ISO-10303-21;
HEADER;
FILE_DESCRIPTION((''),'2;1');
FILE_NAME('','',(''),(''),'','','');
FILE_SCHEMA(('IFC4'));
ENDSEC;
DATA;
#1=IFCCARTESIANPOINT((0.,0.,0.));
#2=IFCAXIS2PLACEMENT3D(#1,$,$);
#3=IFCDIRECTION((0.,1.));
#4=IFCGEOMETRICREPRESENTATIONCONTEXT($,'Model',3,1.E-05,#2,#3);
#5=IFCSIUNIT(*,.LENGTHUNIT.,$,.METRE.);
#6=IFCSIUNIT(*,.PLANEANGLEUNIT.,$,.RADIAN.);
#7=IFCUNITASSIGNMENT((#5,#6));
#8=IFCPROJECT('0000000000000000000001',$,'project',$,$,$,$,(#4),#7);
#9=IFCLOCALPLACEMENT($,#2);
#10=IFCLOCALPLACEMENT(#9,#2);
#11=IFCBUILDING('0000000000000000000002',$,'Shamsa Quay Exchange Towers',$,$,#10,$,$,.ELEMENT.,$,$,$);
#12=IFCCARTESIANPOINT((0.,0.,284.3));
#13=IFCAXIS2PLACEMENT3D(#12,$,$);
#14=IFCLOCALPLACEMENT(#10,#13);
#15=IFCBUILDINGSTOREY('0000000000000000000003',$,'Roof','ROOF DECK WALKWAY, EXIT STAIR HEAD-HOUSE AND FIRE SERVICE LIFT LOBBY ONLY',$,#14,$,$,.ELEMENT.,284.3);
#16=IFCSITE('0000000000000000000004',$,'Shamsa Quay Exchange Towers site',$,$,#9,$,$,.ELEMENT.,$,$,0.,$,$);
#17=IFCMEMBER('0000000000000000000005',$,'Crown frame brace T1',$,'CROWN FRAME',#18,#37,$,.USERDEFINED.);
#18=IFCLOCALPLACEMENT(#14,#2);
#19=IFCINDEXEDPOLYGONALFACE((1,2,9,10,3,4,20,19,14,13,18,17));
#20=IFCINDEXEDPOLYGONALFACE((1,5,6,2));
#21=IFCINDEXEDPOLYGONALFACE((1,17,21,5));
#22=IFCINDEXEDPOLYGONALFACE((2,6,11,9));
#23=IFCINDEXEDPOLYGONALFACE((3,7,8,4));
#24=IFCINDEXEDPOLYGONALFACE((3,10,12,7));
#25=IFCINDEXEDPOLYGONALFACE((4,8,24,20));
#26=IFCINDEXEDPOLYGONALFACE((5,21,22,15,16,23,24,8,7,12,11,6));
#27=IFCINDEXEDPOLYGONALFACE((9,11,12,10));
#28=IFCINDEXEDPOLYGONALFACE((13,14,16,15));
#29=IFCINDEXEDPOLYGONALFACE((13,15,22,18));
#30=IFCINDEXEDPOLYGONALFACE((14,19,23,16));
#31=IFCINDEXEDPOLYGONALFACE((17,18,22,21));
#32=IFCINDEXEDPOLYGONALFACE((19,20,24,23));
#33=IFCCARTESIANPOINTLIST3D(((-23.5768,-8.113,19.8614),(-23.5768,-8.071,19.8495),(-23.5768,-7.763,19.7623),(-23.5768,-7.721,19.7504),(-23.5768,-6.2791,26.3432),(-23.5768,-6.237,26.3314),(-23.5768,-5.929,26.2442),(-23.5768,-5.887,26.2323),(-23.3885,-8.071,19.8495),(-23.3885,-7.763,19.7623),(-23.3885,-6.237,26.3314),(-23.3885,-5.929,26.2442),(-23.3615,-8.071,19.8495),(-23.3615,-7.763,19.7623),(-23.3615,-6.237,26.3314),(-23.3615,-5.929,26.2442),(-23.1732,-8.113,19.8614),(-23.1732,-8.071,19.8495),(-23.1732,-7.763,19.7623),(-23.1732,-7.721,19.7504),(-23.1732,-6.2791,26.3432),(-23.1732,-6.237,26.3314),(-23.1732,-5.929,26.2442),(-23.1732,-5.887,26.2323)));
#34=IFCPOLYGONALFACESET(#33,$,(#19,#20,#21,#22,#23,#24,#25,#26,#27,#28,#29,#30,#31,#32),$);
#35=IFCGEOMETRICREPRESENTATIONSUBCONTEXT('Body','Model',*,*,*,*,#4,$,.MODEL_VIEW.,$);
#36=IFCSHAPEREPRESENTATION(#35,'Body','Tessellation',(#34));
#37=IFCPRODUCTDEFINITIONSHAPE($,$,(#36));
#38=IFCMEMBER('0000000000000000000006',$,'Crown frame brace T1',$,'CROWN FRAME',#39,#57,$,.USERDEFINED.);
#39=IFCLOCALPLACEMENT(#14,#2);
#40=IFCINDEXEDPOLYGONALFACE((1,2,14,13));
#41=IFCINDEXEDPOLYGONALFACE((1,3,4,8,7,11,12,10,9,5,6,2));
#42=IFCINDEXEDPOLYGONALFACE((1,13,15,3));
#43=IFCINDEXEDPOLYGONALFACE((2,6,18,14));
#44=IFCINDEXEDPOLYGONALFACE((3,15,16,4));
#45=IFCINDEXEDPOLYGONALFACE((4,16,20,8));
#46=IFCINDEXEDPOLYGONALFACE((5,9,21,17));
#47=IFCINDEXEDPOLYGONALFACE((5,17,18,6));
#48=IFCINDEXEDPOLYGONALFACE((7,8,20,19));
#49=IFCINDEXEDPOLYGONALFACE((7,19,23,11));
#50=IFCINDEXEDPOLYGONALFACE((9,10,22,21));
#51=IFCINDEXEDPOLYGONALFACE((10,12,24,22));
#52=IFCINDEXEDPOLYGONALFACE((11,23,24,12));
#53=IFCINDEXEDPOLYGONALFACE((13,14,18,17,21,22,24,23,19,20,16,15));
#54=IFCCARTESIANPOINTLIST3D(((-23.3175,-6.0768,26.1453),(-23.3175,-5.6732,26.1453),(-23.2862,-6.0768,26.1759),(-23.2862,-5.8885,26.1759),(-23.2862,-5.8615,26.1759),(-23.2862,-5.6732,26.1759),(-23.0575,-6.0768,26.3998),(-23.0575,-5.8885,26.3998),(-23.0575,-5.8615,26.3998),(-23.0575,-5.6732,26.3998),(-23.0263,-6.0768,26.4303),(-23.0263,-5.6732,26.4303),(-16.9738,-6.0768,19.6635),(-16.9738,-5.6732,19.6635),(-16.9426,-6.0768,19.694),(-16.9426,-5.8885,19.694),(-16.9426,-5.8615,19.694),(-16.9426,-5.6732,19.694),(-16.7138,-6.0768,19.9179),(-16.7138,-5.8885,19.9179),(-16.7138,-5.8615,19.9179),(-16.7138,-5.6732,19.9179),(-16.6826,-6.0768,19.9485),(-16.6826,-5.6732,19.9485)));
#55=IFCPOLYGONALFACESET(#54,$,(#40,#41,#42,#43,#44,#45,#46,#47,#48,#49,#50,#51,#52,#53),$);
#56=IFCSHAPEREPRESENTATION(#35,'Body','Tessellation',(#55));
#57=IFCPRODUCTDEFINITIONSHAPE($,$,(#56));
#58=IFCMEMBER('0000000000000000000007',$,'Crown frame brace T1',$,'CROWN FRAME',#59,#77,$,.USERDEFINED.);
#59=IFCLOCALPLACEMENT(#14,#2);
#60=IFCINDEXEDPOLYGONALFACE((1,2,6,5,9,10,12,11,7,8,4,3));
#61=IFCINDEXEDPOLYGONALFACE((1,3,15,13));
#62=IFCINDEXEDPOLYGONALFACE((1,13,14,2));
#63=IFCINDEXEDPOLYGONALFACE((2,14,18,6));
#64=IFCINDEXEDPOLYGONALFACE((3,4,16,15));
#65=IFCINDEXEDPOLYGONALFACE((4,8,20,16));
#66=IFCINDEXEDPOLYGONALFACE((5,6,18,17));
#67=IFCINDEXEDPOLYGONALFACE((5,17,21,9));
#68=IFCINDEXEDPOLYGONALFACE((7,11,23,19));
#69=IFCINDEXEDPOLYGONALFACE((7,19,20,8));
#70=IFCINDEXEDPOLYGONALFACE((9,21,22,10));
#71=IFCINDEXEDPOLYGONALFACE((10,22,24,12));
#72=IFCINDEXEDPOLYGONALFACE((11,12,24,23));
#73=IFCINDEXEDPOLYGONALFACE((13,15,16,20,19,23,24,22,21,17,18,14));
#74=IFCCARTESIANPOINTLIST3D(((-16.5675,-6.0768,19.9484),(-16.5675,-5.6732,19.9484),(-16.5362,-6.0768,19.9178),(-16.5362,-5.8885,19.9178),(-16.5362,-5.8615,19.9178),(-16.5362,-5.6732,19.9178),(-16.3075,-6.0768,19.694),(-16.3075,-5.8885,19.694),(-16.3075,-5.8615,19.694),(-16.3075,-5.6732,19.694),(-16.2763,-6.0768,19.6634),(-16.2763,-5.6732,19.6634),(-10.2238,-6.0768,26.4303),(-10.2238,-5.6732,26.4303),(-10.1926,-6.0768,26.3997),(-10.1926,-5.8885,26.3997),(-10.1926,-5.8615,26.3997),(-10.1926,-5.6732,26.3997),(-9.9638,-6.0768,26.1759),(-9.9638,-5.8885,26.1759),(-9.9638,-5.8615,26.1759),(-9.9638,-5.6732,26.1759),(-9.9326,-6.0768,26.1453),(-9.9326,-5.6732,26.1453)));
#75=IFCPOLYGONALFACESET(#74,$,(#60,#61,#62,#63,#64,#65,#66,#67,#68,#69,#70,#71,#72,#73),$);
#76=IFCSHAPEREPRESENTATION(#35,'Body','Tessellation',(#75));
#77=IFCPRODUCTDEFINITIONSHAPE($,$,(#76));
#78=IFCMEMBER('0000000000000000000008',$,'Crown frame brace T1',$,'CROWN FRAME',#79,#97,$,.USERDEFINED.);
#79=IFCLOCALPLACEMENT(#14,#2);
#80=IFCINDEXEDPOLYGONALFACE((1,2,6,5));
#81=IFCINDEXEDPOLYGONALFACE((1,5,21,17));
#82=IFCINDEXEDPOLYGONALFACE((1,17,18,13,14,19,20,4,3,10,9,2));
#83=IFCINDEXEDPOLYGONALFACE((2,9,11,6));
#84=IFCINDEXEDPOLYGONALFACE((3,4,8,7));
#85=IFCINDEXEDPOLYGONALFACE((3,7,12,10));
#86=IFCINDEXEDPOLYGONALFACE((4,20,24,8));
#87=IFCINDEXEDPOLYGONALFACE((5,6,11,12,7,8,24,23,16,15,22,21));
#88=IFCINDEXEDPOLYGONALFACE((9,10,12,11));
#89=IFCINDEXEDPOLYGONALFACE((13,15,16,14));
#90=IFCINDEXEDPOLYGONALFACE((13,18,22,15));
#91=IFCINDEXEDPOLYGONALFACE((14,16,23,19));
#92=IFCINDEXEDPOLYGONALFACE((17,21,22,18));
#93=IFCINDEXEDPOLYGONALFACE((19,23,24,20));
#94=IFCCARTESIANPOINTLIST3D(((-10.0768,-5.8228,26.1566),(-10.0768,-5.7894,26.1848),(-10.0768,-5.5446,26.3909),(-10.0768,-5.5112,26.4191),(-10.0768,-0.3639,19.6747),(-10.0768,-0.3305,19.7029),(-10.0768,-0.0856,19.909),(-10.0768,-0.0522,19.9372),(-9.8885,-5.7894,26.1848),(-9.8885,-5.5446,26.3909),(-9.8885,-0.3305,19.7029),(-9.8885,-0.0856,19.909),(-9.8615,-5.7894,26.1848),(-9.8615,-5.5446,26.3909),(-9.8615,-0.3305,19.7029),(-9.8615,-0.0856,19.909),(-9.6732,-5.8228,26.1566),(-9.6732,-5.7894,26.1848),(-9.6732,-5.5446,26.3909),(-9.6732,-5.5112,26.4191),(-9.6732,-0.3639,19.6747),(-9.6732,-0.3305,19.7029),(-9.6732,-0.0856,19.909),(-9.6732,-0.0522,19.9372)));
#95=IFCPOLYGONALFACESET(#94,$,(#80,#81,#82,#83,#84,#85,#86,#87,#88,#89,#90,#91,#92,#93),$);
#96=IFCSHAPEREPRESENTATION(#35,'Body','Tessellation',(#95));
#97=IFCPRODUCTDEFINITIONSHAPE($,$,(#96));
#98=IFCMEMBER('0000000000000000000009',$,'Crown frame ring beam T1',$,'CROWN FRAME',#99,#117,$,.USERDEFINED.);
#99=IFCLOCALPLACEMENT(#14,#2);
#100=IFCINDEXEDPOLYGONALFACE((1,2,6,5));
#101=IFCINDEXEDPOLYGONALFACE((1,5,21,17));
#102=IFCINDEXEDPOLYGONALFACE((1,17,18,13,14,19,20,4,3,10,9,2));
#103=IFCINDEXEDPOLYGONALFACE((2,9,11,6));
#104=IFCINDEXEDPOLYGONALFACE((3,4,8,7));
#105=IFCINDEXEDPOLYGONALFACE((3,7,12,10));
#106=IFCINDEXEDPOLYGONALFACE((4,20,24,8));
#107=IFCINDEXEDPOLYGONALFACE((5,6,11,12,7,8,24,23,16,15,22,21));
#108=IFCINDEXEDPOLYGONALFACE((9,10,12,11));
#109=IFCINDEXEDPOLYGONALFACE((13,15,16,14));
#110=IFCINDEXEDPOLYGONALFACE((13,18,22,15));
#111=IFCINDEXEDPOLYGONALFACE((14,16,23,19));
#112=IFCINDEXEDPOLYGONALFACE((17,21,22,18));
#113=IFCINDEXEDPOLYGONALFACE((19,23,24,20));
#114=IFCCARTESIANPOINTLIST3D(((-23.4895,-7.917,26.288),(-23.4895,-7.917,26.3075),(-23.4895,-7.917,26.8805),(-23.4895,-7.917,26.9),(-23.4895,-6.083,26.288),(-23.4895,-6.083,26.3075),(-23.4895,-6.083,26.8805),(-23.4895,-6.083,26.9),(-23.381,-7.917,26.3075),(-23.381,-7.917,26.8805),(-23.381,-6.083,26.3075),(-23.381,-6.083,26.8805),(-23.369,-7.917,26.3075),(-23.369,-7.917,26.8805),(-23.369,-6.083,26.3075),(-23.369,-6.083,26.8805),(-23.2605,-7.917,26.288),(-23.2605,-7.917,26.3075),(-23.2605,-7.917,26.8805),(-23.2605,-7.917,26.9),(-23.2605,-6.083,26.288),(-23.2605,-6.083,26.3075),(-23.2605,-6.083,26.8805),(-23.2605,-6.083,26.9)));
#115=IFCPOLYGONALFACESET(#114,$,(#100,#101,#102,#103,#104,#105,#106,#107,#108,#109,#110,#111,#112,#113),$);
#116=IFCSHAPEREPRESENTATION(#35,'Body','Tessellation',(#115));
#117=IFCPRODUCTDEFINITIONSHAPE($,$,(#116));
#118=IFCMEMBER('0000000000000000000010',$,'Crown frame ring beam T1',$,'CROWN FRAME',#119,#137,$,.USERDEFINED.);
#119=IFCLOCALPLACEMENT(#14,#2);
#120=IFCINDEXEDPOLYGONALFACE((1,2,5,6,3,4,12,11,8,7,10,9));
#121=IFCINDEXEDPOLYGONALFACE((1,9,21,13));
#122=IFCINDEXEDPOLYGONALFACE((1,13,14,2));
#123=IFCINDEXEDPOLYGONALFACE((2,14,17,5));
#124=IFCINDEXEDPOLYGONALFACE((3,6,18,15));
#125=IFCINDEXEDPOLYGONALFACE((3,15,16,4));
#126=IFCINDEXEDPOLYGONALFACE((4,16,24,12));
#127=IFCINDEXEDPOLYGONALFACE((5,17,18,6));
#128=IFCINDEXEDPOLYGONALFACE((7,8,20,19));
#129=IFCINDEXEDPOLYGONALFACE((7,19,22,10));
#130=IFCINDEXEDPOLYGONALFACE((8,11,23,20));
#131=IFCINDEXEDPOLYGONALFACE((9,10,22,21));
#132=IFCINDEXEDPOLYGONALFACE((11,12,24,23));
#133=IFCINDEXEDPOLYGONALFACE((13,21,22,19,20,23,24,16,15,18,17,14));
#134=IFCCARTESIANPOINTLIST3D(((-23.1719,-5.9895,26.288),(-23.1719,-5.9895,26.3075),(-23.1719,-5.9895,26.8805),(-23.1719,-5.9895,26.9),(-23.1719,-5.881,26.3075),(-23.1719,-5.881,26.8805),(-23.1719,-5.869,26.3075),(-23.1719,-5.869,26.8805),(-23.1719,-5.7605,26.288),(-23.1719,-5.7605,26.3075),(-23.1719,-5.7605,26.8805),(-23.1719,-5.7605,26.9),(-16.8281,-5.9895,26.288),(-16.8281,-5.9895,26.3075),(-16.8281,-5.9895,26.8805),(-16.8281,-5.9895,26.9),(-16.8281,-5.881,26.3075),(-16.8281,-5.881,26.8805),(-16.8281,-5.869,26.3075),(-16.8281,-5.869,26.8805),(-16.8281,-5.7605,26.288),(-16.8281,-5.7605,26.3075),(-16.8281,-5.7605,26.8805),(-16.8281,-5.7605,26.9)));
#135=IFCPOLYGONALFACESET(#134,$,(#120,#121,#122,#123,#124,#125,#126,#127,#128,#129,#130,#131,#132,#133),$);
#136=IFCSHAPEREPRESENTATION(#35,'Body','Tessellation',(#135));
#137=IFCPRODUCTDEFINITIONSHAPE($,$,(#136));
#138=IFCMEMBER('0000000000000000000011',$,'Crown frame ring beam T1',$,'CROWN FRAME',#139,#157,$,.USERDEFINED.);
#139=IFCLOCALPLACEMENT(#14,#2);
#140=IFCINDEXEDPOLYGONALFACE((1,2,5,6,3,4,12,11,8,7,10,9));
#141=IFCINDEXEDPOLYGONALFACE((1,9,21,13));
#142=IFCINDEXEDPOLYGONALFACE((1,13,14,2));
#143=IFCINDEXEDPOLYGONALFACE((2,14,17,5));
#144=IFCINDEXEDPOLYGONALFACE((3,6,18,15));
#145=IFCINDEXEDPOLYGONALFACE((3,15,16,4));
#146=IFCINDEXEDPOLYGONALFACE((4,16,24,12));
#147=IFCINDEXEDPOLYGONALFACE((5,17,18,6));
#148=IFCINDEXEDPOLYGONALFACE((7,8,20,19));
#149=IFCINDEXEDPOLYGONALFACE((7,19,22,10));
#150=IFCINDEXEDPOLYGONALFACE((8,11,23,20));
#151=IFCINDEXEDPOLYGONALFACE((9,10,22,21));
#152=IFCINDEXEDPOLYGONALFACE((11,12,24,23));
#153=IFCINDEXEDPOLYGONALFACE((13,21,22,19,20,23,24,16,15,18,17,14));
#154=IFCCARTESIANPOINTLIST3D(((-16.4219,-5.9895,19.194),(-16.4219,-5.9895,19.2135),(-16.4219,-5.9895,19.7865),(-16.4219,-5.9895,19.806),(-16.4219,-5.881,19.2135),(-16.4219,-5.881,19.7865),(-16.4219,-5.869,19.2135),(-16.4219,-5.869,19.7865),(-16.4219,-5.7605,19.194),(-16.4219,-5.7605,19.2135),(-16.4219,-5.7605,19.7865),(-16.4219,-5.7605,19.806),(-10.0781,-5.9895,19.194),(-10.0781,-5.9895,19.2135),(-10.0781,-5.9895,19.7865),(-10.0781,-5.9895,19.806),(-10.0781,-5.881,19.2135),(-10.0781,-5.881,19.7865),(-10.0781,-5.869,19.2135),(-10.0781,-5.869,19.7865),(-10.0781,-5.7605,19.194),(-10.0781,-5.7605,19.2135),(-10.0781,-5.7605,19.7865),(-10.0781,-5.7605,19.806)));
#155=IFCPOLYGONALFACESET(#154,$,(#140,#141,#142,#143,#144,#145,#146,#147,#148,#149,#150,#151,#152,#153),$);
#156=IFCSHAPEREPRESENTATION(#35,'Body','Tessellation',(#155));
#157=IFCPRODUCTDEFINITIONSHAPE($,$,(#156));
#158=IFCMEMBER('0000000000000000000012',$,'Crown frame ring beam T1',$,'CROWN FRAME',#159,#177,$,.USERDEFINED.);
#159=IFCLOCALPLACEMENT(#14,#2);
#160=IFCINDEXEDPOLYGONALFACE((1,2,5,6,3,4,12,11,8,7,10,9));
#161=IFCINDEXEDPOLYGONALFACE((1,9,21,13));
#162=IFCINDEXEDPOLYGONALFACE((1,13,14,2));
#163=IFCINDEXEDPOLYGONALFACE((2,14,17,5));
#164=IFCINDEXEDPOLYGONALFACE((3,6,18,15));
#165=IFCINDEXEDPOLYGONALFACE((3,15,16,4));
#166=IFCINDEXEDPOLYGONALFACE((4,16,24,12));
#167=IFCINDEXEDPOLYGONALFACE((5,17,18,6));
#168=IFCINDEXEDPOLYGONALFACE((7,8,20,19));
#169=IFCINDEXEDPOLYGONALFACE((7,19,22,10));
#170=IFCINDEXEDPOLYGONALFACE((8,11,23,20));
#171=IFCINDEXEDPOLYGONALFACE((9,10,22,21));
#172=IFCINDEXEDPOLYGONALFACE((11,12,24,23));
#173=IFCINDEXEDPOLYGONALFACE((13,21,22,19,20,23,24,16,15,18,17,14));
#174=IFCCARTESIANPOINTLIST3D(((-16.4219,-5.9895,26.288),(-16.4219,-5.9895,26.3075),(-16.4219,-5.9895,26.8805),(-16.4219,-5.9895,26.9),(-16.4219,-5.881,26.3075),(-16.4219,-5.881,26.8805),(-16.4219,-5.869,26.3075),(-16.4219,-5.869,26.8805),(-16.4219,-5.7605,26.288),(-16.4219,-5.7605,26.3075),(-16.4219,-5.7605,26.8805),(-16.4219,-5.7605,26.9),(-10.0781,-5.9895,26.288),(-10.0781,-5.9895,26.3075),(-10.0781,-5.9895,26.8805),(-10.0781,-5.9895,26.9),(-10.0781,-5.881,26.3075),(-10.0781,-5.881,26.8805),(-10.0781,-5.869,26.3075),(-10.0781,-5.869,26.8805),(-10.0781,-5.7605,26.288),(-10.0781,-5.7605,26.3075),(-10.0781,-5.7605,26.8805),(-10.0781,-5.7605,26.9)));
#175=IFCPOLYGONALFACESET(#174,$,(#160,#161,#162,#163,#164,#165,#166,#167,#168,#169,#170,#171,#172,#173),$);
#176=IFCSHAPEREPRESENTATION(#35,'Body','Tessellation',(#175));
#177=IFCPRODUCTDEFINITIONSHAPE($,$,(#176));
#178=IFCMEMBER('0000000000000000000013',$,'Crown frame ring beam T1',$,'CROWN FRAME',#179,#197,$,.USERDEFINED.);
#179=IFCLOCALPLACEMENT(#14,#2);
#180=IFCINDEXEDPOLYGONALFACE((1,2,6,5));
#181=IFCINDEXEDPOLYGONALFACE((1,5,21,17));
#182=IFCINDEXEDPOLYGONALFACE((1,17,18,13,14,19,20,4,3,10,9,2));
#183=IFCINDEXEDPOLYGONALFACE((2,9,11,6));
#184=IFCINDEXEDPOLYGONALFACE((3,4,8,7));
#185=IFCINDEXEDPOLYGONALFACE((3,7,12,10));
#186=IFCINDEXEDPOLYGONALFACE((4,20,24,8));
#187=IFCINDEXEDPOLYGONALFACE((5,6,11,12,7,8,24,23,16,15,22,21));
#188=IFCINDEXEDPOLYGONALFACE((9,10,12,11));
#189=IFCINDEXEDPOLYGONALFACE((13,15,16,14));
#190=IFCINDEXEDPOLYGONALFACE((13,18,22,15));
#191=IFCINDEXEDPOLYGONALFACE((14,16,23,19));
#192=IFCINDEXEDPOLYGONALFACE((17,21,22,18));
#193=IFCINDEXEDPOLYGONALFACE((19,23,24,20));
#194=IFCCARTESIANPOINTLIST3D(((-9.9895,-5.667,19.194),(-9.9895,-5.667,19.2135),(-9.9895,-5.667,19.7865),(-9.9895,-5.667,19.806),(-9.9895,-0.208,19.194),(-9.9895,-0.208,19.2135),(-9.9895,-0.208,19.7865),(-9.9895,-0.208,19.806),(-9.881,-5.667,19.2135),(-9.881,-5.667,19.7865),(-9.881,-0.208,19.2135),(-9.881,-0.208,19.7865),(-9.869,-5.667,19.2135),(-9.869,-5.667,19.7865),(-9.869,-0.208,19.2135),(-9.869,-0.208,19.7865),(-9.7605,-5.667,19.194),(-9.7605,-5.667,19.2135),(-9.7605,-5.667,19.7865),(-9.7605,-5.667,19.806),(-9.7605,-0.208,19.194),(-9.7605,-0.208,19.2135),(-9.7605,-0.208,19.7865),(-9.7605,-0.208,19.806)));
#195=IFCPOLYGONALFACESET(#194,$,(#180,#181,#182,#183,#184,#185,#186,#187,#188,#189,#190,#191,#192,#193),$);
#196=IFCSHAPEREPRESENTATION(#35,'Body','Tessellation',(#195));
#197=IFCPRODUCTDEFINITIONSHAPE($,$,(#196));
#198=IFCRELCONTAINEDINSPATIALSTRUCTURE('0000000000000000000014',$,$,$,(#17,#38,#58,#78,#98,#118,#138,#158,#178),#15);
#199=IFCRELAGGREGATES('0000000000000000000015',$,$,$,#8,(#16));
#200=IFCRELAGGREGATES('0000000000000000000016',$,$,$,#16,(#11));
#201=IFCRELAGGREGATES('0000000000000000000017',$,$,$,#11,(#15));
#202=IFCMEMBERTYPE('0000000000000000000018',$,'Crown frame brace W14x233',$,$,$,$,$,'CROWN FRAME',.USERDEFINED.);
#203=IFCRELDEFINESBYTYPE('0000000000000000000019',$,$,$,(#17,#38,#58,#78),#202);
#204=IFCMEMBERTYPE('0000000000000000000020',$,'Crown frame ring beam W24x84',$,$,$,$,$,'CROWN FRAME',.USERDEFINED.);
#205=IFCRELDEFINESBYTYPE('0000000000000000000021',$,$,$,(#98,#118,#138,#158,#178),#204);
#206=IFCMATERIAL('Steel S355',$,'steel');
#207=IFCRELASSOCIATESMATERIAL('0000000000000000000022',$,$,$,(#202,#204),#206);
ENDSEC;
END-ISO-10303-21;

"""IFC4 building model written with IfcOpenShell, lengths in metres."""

from ifc_helpers import new_model, si_unit, direction, frame, origin, origin_2d, place, context, subcontext, project, spatial, i_section, extrude, material, material_profile, profile_set, type_object, element, save


model = new_model("IFC4")

# Units and contexts
model_context = context("Model", 3, precision=1e-05, world=origin(), true_north=direction((0.0, 1.0)))
body_context = subcontext(model_context, "Body", "Model", "MODEL_VIEW")
ifc_project = project(units=[si_unit("LENGTHUNIT", "METRE"), si_unit("PLANEANGLEUNIT", "RADIAN")], contexts=[model_context])

# Site, building, storey
site_placement = place(None, origin())
site = spatial("IfcSite", under=ifc_project, at=site_placement, Name="Shamsa Quay Exchange Towers site", CompositionType="ELEMENT", RefElevation=0.0)
building_placement = place(site_placement, origin())
building = spatial("IfcBuilding", under=site, at=building_placement, Name="Shamsa Quay Exchange Towers", CompositionType="ELEMENT")
storey_placement = place(building_placement, frame((0.0, 0.0, 284.3)))
storey = spatial("IfcBuildingStorey", under=building, at=storey_placement, Name="Roof", Description="ROOF DECK WALKWAY, EXIT STAIR HEAD-HOUSE AND FIRE SERVICE LIFT LOBBY ONLY", CompositionType="ELEMENT", Elevation=284.3)

# Members
ifc_material_1 = material(Name="Steel S355", Category="steel")
ifc_material_profile_1 = material_profile(ifc_material_1, i_section(OverallWidth=0.4036, OverallDepth=0.4075, WebThickness=0.0271, FlangeThickness=0.0437, at=origin_2d()), Name="W14x233")
ifc_profile_set_1 = profile_set([ifc_material_profile_1], Name="Steel S355")
member_type_1 = type_object("IfcMemberType", Name="Crown frame brace W14x233", ElementType="CROWN FRAME", PredefinedType="USERDEFINED", material=ifc_profile_set_1)
member_1_placement = place(storey_placement, frame((-23.375, -7.917, 19.8059), z_axis=(0.0, 0.27225, 0.962226), x_axis=(-1.0, 0.0, 0.0)))
element("IfcMember", 1, at=member_1_placement, inside=storey, type_object=member_type_1, Name="Crown frame brace T1", ObjectType="CROWN FRAME", PredefinedType="USERDEFINED", context=body_context, shape_type="SweptSolid", body=[
    extrude(i_section(OverallWidth=0.4036, OverallDepth=0.4075, WebThickness=0.0271, FlangeThickness=0.0437, at=origin_2d()), origin(), (0.0, 0.0, 1.0), 6.7363),
])
for number, where, z_axis, x_axis, name in (
    (2, (-23.1719, -5.875, 26.2878), (0.699448, 0.0, -0.714684), (0.0, 1.0, 0.0), "Crown frame brace T1"),
    (3, (-16.4219, -5.875, 19.8059), (0.699448, 0.0, 0.714684), (0.0, 1.0, 0.0), "Crown frame brace T1"),
):
    element("IfcMember", number, at=place(storey_placement, frame(where, z_axis=z_axis, x_axis=x_axis)), inside=storey, type_object=member_type_1, Name=name, ObjectType="CROWN FRAME", PredefinedType="USERDEFINED", context=body_context, shape_type="SweptSolid", body=[
        extrude(i_section(OverallWidth=0.4036, OverallDepth=0.4075, WebThickness=0.0271, FlangeThickness=0.0437, at=origin_2d()), origin(), (0.0, 0.0, 1.0), 9.0696),
    ])
member_2_placement = place(storey_placement, frame((-9.875, -5.667, 26.2878), z_axis=(0.0, 0.644171, -0.764881), x_axis=(-1.0, 0.0, 0.0)))
element("IfcMember", 4, at=member_2_placement, inside=storey, type_object=member_type_1, Name="Crown frame brace T1", ObjectType="CROWN FRAME", PredefinedType="USERDEFINED", context=body_context, shape_type="SweptSolid", body=[
    extrude(i_section(OverallWidth=0.4036, OverallDepth=0.4075, WebThickness=0.0271, FlangeThickness=0.0437, at=origin_2d()), origin(), (0.0, 0.0, 1.0), 8.4744),
])
ifc_material_profile_2 = material_profile(ifc_material_1, i_section(OverallWidth=0.229, OverallDepth=0.6121, WebThickness=0.012, FlangeThickness=0.0195, at=origin_2d()), Name="W24x84")
ifc_profile_set_2 = profile_set([ifc_material_profile_2], Name="Steel S355")
member_type_2 = type_object("IfcMemberType", Name="Crown frame ring beam W24x84", ElementType="CROWN FRAME", PredefinedType="USERDEFINED", material=ifc_profile_set_2)
member_3_placement = place(storey_placement, frame((-23.375, -7.917, 26.594), z_axis=(0.0, 1.0, 0.0), x_axis=(-1.0, 0.0, 0.0)))
element("IfcMember", 5, at=member_3_placement, inside=storey, type_object=member_type_2, Name="Crown frame ring beam T1", ObjectType="CROWN FRAME", PredefinedType="USERDEFINED", context=body_context, shape_type="SweptSolid", body=[
    extrude(i_section(OverallWidth=0.229, OverallDepth=0.6121, WebThickness=0.012, FlangeThickness=0.0195, at=origin_2d()), origin(), (0.0, 0.0, 1.0), 1.834),
])
for number, where, z_axis, x_axis, name in (
    (6, (-23.1719, -5.875, 26.594), (1.0, 0.0, 0.0), (0.0, 1.0, 0.0), "Crown frame ring beam T1"),
    (7, (-16.4219, -5.875, 19.5), (1.0, 0.0, 0.0), (0.0, 1.0, 0.0), "Crown frame ring beam T1"),
    (8, (-16.4219, -5.875, 26.594), (1.0, 0.0, 0.0), (0.0, 1.0, 0.0), "Crown frame ring beam T1"),
):
    element("IfcMember", number, at=place(storey_placement, frame(where, z_axis=z_axis, x_axis=x_axis)), inside=storey, type_object=member_type_2, Name=name, ObjectType="CROWN FRAME", PredefinedType="USERDEFINED", context=body_context, shape_type="SweptSolid", body=[
        extrude(i_section(OverallWidth=0.229, OverallDepth=0.6121, WebThickness=0.012, FlangeThickness=0.0195, at=origin_2d()), origin(), (0.0, 0.0, 1.0), 6.3438),
    ])
for number, where, z_axis, x_axis, name in (
    (9, (-9.875, -5.667, 19.5), (0.0, 1.0, 0.0), (-1.0, 0.0, 0.0), "Crown frame ring beam T1"),
):
    element("IfcMember", number, at=place(storey_placement, frame(where, z_axis=z_axis, x_axis=x_axis)), inside=storey, type_object=member_type_2, Name=name, ObjectType="CROWN FRAME", PredefinedType="USERDEFINED", context=body_context, shape_type="SweptSolid", body=[
        extrude(i_section(OverallWidth=0.229, OverallDepth=0.6121, WebThickness=0.012, FlangeThickness=0.0195, at=origin_2d()), origin(), (0.0, 0.0, 1.0), 5.459),
    ])

save(model, "model.ifc")
